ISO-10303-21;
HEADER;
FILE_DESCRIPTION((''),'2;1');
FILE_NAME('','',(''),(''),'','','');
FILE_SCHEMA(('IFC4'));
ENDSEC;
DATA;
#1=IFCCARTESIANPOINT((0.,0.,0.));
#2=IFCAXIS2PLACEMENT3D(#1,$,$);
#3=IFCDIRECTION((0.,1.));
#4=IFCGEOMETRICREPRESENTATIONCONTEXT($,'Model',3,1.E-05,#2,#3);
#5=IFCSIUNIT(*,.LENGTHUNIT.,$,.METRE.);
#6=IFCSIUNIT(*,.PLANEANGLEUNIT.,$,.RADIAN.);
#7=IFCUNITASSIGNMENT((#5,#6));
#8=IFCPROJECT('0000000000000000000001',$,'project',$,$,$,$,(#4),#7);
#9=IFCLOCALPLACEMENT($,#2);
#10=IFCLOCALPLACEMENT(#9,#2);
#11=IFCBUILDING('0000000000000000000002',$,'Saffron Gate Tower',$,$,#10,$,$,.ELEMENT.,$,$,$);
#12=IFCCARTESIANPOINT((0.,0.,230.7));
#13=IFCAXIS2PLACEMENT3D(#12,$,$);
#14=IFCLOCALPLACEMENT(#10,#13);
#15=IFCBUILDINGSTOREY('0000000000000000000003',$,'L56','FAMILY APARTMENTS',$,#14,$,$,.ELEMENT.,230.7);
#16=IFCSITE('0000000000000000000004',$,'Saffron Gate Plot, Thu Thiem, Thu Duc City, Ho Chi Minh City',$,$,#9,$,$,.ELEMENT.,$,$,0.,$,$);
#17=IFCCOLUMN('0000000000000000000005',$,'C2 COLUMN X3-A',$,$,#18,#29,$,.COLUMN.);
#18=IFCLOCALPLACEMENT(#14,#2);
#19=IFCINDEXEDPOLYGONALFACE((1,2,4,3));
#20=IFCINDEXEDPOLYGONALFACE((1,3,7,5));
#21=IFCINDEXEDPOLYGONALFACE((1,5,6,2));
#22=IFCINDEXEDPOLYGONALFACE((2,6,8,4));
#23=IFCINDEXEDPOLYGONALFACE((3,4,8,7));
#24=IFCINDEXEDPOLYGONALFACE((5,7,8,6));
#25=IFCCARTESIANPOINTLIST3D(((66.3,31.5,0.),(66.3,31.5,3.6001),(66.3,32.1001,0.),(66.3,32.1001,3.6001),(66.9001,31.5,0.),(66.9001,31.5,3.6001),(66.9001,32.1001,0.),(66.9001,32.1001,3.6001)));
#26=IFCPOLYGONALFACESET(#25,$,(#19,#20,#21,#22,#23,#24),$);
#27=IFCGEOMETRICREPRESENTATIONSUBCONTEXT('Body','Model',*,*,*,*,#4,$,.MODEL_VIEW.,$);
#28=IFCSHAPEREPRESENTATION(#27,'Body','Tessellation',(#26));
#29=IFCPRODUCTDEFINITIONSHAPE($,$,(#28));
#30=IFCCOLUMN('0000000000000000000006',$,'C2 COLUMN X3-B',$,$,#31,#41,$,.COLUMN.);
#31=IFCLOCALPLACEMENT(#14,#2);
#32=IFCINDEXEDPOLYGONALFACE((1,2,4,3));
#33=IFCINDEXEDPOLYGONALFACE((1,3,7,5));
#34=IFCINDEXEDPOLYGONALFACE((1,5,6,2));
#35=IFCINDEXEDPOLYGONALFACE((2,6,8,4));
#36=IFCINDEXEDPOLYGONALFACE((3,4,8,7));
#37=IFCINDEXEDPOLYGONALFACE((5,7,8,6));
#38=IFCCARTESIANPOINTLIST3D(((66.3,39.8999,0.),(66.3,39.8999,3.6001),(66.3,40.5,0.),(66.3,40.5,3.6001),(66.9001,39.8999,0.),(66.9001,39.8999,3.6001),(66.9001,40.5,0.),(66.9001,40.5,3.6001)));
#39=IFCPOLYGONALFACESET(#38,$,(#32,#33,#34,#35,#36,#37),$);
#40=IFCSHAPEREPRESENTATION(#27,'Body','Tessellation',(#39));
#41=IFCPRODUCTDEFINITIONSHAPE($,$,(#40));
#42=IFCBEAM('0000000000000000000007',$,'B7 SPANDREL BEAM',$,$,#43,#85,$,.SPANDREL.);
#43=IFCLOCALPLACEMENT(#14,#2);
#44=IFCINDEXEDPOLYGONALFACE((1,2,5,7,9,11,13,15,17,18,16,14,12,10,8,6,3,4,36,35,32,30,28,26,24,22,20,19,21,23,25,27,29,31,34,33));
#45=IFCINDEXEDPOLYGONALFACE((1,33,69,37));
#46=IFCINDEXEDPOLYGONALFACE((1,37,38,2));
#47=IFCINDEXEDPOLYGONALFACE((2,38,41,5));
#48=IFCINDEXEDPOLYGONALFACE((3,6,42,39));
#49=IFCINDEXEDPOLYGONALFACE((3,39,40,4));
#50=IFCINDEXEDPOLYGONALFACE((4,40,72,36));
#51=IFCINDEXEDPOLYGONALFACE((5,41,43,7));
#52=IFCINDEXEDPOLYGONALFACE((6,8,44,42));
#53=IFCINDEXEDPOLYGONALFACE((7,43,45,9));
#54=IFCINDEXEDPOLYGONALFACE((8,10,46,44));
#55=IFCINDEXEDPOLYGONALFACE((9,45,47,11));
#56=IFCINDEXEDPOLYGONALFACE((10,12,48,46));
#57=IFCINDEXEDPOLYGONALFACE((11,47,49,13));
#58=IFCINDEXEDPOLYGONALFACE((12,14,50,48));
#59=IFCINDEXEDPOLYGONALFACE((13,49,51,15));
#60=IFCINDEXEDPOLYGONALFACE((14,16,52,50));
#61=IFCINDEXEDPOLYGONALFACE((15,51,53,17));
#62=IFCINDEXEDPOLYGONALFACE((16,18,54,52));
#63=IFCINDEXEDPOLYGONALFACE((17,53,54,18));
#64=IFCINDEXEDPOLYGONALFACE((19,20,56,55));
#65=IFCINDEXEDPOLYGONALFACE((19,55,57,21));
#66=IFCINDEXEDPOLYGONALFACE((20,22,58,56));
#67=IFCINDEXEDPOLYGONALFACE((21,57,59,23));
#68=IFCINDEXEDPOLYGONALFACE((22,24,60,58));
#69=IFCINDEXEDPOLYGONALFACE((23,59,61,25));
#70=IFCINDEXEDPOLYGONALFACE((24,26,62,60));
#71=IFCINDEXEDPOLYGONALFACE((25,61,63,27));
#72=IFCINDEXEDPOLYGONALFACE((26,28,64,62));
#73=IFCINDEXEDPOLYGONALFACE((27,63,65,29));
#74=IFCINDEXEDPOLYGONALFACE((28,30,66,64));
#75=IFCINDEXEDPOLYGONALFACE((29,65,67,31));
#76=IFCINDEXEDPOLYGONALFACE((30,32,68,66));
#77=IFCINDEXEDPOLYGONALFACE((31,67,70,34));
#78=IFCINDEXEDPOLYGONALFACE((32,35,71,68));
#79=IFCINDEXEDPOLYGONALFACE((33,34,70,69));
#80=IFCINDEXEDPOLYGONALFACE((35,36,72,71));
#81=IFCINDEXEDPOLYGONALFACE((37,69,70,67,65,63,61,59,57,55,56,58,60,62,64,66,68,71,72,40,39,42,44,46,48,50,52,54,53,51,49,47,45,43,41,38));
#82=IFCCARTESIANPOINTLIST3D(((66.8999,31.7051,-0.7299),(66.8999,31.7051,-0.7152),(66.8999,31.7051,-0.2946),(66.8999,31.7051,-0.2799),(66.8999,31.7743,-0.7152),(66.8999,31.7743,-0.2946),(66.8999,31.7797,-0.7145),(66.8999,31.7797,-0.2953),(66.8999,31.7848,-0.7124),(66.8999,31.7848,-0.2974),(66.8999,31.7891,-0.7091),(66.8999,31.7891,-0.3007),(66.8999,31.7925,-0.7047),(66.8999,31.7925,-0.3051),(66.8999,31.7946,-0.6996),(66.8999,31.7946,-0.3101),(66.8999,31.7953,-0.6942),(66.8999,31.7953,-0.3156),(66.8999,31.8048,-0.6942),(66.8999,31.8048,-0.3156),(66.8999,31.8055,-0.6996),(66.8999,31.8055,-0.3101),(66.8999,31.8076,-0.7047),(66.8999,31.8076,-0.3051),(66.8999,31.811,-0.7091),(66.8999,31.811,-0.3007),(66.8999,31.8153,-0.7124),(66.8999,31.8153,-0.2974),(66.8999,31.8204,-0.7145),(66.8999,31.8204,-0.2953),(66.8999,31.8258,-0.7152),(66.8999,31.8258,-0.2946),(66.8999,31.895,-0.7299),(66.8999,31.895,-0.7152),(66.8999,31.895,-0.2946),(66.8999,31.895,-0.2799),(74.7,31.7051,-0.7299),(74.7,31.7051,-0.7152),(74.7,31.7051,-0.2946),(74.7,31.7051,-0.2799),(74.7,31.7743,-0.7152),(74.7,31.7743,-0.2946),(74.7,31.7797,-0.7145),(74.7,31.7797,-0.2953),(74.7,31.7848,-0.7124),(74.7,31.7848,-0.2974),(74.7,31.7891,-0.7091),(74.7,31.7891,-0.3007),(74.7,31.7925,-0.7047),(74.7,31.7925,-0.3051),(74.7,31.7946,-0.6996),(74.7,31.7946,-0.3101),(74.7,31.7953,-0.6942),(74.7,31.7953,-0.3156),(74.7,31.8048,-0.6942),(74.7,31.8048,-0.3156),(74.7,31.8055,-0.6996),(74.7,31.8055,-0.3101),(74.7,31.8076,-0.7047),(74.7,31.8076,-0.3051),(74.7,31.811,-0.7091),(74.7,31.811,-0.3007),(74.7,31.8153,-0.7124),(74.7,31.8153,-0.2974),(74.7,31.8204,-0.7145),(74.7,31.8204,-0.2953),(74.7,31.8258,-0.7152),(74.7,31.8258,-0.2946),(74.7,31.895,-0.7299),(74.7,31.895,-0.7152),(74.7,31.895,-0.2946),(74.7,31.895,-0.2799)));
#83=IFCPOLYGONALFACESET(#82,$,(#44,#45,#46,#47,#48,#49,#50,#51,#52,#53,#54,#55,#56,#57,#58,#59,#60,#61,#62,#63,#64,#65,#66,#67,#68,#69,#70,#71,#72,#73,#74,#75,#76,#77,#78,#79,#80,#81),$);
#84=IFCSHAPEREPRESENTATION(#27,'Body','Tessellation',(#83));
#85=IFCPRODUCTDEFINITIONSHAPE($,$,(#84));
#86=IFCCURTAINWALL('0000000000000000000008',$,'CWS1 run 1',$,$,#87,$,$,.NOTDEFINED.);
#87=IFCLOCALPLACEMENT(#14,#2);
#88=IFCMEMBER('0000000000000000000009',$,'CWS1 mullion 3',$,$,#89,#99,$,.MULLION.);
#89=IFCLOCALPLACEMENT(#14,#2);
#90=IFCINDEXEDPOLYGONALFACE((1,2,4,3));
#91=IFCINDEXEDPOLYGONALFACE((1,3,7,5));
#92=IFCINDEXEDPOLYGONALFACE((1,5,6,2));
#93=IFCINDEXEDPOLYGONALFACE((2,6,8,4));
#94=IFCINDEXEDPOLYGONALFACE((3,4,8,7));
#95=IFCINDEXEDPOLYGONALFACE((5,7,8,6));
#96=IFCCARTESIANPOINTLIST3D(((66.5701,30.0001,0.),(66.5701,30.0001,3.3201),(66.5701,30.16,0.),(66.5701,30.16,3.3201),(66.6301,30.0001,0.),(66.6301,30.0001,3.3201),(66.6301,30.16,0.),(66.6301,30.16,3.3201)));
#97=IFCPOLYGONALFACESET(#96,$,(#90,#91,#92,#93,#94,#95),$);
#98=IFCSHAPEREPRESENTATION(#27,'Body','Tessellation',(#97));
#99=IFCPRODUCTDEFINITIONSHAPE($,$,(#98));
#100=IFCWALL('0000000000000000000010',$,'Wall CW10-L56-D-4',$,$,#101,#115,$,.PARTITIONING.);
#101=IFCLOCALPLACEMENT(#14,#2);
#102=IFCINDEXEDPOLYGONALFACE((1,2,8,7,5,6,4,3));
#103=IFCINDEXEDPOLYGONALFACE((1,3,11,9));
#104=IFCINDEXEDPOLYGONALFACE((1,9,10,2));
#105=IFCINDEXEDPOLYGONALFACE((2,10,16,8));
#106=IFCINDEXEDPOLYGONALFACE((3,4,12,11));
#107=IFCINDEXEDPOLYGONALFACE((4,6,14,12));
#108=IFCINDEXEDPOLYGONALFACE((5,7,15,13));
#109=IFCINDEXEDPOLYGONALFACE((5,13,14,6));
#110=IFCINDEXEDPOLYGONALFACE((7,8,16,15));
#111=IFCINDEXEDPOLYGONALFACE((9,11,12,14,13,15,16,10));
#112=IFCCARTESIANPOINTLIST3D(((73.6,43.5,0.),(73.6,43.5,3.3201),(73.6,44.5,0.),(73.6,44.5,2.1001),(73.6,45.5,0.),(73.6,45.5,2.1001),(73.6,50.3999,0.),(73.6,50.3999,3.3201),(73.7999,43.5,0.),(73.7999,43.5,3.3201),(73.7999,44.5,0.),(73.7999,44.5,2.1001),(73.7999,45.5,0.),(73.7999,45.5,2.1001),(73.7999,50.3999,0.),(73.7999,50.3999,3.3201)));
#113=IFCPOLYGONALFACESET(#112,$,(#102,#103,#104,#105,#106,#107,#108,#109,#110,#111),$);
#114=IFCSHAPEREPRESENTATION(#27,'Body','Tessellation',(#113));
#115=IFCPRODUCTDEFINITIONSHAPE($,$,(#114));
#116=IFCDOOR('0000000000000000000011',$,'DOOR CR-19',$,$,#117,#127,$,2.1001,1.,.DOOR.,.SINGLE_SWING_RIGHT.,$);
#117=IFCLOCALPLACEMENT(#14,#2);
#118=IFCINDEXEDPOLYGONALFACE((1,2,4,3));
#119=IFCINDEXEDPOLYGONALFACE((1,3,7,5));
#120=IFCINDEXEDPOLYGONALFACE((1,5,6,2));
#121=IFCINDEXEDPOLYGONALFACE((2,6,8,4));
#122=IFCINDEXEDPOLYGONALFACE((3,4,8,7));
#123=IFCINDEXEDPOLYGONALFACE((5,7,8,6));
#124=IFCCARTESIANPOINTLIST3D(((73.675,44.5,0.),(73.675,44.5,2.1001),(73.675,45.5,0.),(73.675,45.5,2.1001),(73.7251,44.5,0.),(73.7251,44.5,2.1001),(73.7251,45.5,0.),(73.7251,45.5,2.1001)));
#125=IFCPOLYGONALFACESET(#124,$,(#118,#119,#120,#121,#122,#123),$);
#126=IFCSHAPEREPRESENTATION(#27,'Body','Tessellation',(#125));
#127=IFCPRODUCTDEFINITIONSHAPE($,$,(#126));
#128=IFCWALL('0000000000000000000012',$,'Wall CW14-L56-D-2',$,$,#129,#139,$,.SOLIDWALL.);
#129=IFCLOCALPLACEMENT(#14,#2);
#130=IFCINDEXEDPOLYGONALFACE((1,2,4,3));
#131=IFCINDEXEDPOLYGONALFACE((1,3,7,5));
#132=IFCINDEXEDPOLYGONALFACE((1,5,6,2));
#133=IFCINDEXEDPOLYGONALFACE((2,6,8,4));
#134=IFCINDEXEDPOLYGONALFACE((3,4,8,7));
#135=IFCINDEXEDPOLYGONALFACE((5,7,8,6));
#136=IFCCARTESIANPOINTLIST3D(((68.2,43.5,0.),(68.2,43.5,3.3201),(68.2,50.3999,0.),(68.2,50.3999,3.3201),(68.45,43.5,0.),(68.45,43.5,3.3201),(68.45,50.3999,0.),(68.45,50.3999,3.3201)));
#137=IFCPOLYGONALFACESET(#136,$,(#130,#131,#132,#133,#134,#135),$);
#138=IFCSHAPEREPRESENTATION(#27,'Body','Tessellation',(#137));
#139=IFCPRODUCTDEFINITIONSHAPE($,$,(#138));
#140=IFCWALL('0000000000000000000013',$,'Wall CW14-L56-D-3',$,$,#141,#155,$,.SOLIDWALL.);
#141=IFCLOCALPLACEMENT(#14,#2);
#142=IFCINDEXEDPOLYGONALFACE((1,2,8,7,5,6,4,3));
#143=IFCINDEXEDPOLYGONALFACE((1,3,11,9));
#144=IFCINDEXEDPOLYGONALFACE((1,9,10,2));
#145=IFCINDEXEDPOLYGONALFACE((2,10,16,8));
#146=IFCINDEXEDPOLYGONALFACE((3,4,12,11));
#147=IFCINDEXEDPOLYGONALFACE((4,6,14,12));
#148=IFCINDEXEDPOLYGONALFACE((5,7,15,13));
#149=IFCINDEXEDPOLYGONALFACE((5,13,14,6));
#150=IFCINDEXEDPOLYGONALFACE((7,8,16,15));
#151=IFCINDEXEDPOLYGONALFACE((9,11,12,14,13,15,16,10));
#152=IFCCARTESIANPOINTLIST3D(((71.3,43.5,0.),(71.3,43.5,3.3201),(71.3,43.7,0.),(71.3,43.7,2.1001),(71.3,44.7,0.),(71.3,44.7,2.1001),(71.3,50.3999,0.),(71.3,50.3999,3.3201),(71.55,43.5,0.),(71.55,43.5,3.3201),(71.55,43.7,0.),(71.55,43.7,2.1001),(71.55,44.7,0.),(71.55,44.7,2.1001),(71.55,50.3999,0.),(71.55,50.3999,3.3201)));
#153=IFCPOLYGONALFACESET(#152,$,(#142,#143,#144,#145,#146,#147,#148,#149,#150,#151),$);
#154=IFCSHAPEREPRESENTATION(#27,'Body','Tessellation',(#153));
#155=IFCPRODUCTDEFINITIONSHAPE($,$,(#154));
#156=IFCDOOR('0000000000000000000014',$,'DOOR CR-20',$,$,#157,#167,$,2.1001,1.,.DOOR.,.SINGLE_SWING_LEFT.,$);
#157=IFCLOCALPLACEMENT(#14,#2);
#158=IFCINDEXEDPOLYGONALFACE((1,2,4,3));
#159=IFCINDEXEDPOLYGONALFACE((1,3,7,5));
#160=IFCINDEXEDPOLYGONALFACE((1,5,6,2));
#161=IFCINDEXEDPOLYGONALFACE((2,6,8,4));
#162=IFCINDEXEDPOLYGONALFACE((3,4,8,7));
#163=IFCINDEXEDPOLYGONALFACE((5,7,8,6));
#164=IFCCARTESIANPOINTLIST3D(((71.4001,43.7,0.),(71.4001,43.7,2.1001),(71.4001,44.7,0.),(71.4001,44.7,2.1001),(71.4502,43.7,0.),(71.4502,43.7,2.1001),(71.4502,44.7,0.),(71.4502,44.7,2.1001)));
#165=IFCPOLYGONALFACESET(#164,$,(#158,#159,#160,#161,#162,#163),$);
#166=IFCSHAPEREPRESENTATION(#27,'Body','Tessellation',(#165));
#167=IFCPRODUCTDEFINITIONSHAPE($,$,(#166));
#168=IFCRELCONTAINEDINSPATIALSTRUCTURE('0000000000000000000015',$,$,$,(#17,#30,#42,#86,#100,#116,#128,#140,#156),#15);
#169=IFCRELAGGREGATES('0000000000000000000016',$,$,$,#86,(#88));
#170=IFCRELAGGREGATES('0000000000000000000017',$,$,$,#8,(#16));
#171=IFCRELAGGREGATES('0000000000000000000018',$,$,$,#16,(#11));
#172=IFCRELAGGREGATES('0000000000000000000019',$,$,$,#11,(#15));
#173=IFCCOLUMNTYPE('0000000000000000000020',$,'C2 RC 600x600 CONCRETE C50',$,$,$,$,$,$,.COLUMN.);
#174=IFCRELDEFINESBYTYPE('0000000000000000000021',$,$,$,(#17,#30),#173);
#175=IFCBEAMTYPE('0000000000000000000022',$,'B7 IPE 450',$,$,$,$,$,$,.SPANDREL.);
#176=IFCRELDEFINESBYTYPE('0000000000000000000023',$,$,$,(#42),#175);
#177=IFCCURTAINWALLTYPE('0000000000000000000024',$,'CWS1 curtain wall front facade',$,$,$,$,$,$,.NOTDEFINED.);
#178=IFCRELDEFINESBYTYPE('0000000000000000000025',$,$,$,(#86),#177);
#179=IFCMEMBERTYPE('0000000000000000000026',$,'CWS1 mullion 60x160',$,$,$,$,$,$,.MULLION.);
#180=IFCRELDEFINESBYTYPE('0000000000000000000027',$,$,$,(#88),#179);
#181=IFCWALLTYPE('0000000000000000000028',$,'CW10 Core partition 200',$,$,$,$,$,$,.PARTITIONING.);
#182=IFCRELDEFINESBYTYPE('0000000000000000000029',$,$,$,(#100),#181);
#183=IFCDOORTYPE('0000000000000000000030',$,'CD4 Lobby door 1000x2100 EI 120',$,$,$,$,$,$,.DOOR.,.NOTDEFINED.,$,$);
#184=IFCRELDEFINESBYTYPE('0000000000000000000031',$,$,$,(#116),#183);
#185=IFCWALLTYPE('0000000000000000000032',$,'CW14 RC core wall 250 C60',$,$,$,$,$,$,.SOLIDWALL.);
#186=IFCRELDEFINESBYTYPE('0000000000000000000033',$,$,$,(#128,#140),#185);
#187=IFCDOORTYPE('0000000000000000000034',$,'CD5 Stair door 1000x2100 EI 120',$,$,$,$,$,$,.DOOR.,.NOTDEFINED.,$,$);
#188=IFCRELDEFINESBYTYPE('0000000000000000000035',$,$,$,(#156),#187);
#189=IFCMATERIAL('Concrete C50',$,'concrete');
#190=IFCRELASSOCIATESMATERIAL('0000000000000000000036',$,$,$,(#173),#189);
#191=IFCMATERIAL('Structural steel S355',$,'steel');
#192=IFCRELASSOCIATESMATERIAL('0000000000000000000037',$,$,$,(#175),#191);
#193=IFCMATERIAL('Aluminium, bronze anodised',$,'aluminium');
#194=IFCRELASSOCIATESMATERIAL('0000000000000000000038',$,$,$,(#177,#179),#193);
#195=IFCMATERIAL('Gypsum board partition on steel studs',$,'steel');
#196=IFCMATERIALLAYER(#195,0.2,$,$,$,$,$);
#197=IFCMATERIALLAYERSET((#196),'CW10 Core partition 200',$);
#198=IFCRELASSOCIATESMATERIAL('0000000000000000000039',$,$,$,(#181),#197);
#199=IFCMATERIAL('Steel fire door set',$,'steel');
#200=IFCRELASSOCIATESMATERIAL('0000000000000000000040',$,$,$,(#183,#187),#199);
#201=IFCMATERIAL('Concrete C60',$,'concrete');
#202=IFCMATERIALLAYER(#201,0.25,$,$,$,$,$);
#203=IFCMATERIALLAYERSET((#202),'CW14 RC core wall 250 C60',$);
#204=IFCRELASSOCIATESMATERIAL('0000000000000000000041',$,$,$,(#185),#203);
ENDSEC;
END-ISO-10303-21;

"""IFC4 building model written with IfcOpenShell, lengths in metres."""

from ifc_helpers import new_model, si_unit, direction, frame, frame_2d, origin, origin_2d, place, context, subcontext, project, spatial, rectangle, i_section, extrude, material, layer, layer_set, material_profile, profile_set, type_object, element, fill, aggregate, save


model = new_model("IFC4")

# Units and contexts
model_context = context("Model", 3, precision=1e-05, world=origin(), true_north=direction((0.0, 1.0)))
body_context = subcontext(model_context, "Body", "Model", "MODEL_VIEW")
ifc_project = project(units=[si_unit("LENGTHUNIT", "METRE"), si_unit("PLANEANGLEUNIT", "RADIAN")], contexts=[model_context])

# Site, building, storey
site_placement = place(None, origin())
site = spatial("IfcSite", under=ifc_project, at=site_placement, Name="Saffron Gate Plot, Thu Thiem, Thu Duc City, Ho Chi Minh City", CompositionType="ELEMENT", RefElevation=0.0)
building_placement = place(site_placement, origin())
building = spatial("IfcBuilding", under=site, at=building_placement, Name="Saffron Gate Tower", CompositionType="ELEMENT")
storey_placement = place(building_placement, frame((0.0, 0.0, 230.7)))
storey = spatial("IfcBuildingStorey", under=building, at=storey_placement, Name="L56", Description="FAMILY APARTMENTS", CompositionType="ELEMENT", Elevation=230.7)

# Columns
ifc_material_1 = material(Name="Concrete C50", Category="concrete")
ifc_material_profile_1 = material_profile(ifc_material_1, rectangle(XDim=0.6001, YDim=0.6001, at=origin_2d()))
ifc_profile_set_1 = profile_set([ifc_material_profile_1], Name="Concrete C50")
column_type = type_object("IfcColumnType", Name="C2 RC 600x600 CONCRETE C50", PredefinedType="COLUMN", material=ifc_profile_set_1)
for number, where, z_axis, x_axis, name in (
    (1, (66.6001, 31.8, 0.0), (0.0, 0.0, 1.0), (1.0, 0.0, 0.0), "C2 COLUMN X3-A"),
    (2, (66.6001, 40.2, 0.0), (0.0, 0.0, 1.0), (1.0, 0.0, 0.0), "C2 COLUMN X3-B"),
):
    element("IfcColumn", number, at=place(storey_placement, frame(where, z_axis=z_axis, x_axis=x_axis)), inside=storey, type_object=column_type, Name=name, PredefinedType="COLUMN", context=body_context, shape_type="SweptSolid", body=[
        extrude(rectangle(XDim=0.6001, YDim=0.6001, at=origin_2d()), origin(), (0.0, 0.0, 1.0), 3.6001),
    ])

# Beam
ifc_material_2 = material(Name="Structural steel S355", Category="steel")
ifc_material_profile_2 = material_profile(ifc_material_2, i_section(OverallWidth=0.1899, OverallDepth=0.45, WebThickness=0.0095, FlangeThickness=0.0146, FilletRadius=0.021, at=origin_2d()))
ifc_profile_set_2 = profile_set([ifc_material_profile_2], Name="Structural steel S355")
beam_type = type_object("IfcBeamType", Name="B7 IPE 450", PredefinedType="SPANDREL", material=ifc_profile_set_2)
beam_placement = place(storey_placement, frame((66.8999, 31.8, -0.5049), z_axis=(1.0, 0.0, 0.0), x_axis=(0.0, 1.0, 0.0)))
element("IfcBeam", 3, at=beam_placement, inside=storey, type_object=beam_type, Name="B7 SPANDREL BEAM", PredefinedType="SPANDREL", context=body_context, shape_type="SweptSolid", body=[
    extrude(i_section(OverallWidth=0.1899, OverallDepth=0.45, WebThickness=0.0095, FlangeThickness=0.0146, FilletRadius=0.021, at=origin_2d()), origin(), (0.0, 0.0, 1.0), 7.8),
])

# Curtain wall, member
ifc_material_3 = material(Name="Aluminium, bronze anodised", Category="aluminium")
curtain_wall_type = type_object("IfcCurtainWallType", Name="CWS1 curtain wall front facade", PredefinedType="NOTDEFINED", material=ifc_material_3)
curtain_wall_placement = place(storey_placement, origin())
curtain_wall = element("IfcCurtainWall", 4, at=curtain_wall_placement, inside=storey, type_object=curtain_wall_type, Name="CWS1 run 1", PredefinedType="NOTDEFINED")
ifc_material_profile_3 = material_profile(ifc_material_3, rectangle(XDim=0.1599, YDim=0.0601, at=origin_2d()))
ifc_profile_set_3 = profile_set([ifc_material_profile_3], Name="Aluminium, bronze anodised")
member_type = type_object("IfcMemberType", Name="CWS1 mullion 60x160", PredefinedType="MULLION", material=ifc_profile_set_3)
member_placement = place(storey_placement, frame((66.6001, 30.0801, 0.0), z_axis=(0.0, 0.0, 1.0), x_axis=(0.0, 1.0, 0.0)))
member = element("IfcMember", 5, at=member_placement, type_object=member_type, Name="CWS1 mullion 3", PredefinedType="MULLION", context=body_context, shape_type="SweptSolid", body=[
    extrude(rectangle(XDim=0.1599, YDim=0.0601, at=origin_2d()), origin(), (0.0, 0.0, 1.0), 3.3201),
])
aggregate(curtain_wall, [member])

# Wall, opening, door
ifc_material_4 = material(Name="Gypsum board partition on steel studs", Category="steel")
ifc_layer_1 = layer(ifc_material_4, 0.2)
ifc_layer_set_1 = layer_set([ifc_layer_1], Name="CW10 Core partition 200")
wall_type_1 = type_object("IfcWallType", Name="CW10 Core partition 200", PredefinedType="PARTITIONING", material=ifc_layer_set_1)
wall_1_placement = place(storey_placement, frame((73.7, 43.5, 0.0), z_axis=(0.0, 0.0, 1.0), x_axis=(0.0, 1.0, 0.0)))
wall_1 = element("IfcWall", 6, at=wall_1_placement, inside=storey, type_object=wall_type_1, Name="Wall CW10-L56-D-4", PredefinedType="PARTITIONING", context=body_context, shape_type="SweptSolid", body=[
    extrude(rectangle(XDim=6.8999, YDim=0.2, at=frame_2d((3.45, 0.0))), origin(), (0.0, 0.0, 1.0), 3.3201),
])
opening_1_placement = place(wall_1_placement, frame((1.0, 0.0, 0.0)))
opening_1 = element("IfcOpeningElement", 7, at=opening_1_placement, cuts=wall_1, PredefinedType="OPENING", context=body_context, shape_type="SweptSolid", body=[
    extrude(rectangle(XDim=1.0, YDim=2.1001, at=frame_2d((0.5, 1.05))), frame((0.0, 0.1099, 0.0), z_axis=(0.0, -1.0, 0.0), x_axis=(1.0, 0.0, 0.0)), (0.0, 0.0, 1.0), 0.22),
])
ifc_material_5 = material(Name="Steel fire door set", Category="steel")
door_type_1 = type_object("IfcDoorType", Name="CD4 Lobby door 1000x2100 EI 120", OperationType="NOTDEFINED", PredefinedType="DOOR", material=ifc_material_5)
door_1_placement = place(opening_1_placement, origin())
door_1 = element("IfcDoor", 8, at=door_1_placement, inside=storey, type_object=door_type_1, Name="DOOR CR-19", OperationType="SINGLE_SWING_RIGHT", OverallHeight=2.1001, OverallWidth=1.0, PredefinedType="DOOR", context=body_context, shape_type="SweptSolid", body=[
    extrude(rectangle(XDim=1.0, YDim=2.1001, at=frame_2d((0.5, 1.05))), frame((0.0, 0.0249, 0.0), z_axis=(0.0, -1.0, 0.0), x_axis=(1.0, 0.0, 0.0)), (0.0, 0.0, 1.0), 0.05),
])
fill(opening_1, door_1)

# Wall
ifc_material_6 = material(Name="Concrete C60", Category="concrete")
ifc_layer_2 = layer(ifc_material_6, 0.25)
ifc_layer_set_2 = layer_set([ifc_layer_2], Name="CW14 RC core wall 250 C60")
wall_type_2 = type_object("IfcWallType", Name="CW14 RC core wall 250 C60", PredefinedType="SOLIDWALL", material=ifc_layer_set_2)
wall_2_placement = place(storey_placement, frame((68.325, 43.5, 0.0), z_axis=(0.0, 0.0, 1.0), x_axis=(0.0, 1.0, 0.0)))
element("IfcWall", 9, at=wall_2_placement, inside=storey, type_object=wall_type_2, Name="Wall CW14-L56-D-2", PredefinedType="SOLIDWALL", context=body_context, shape_type="SweptSolid", body=[
    extrude(rectangle(XDim=6.8999, YDim=0.25, at=frame_2d((3.45, 0.0))), origin(), (0.0, 0.0, 1.0), 3.3201),
])

# Wall, opening, door
wall_3_placement = place(storey_placement, frame((71.425, 43.5, 0.0), z_axis=(0.0, 0.0, 1.0), x_axis=(0.0, 1.0, 0.0)))
wall_3 = element("IfcWall", 10, at=wall_3_placement, inside=storey, type_object=wall_type_2, Name="Wall CW14-L56-D-3", PredefinedType="SOLIDWALL", context=body_context, shape_type="SweptSolid", body=[
    extrude(rectangle(XDim=6.8999, YDim=0.25, at=frame_2d((3.45, 0.0))), origin(), (0.0, 0.0, 1.0), 3.3201),
])
opening_2_placement = place(wall_3_placement, frame((0.2, 0.0, 0.0)))
opening_2 = element("IfcOpeningElement", 11, at=opening_2_placement, cuts=wall_3, PredefinedType="OPENING", context=body_context, shape_type="SweptSolid", body=[
    extrude(rectangle(XDim=1.0, YDim=2.1001, at=frame_2d((0.5, 1.05))), frame((0.0, 0.135, 0.0), z_axis=(0.0, -1.0, 0.0), x_axis=(1.0, 0.0, 0.0)), (0.0, 0.0, 1.0), 0.27),
])
door_type_2 = type_object("IfcDoorType", Name="CD5 Stair door 1000x2100 EI 120", OperationType="NOTDEFINED", PredefinedType="DOOR", material=ifc_material_5)
door_2_placement = place(opening_2_placement, origin())
door_2 = element("IfcDoor", 12, at=door_2_placement, inside=storey, type_object=door_type_2, Name="DOOR CR-20", OperationType="SINGLE_SWING_LEFT", OverallHeight=2.1001, OverallWidth=1.0, PredefinedType="DOOR", context=body_context, shape_type="SweptSolid", body=[
    extrude(rectangle(XDim=1.0, YDim=2.1001, at=frame_2d((0.5, 1.05))), frame((0.0, 0.0249, 0.0), z_axis=(0.0, -1.0, 0.0), x_axis=(1.0, 0.0, 0.0)), (0.0, 0.0, 1.0), 0.05),
])
fill(opening_2, door_2)

save(model, "model.ifc")
